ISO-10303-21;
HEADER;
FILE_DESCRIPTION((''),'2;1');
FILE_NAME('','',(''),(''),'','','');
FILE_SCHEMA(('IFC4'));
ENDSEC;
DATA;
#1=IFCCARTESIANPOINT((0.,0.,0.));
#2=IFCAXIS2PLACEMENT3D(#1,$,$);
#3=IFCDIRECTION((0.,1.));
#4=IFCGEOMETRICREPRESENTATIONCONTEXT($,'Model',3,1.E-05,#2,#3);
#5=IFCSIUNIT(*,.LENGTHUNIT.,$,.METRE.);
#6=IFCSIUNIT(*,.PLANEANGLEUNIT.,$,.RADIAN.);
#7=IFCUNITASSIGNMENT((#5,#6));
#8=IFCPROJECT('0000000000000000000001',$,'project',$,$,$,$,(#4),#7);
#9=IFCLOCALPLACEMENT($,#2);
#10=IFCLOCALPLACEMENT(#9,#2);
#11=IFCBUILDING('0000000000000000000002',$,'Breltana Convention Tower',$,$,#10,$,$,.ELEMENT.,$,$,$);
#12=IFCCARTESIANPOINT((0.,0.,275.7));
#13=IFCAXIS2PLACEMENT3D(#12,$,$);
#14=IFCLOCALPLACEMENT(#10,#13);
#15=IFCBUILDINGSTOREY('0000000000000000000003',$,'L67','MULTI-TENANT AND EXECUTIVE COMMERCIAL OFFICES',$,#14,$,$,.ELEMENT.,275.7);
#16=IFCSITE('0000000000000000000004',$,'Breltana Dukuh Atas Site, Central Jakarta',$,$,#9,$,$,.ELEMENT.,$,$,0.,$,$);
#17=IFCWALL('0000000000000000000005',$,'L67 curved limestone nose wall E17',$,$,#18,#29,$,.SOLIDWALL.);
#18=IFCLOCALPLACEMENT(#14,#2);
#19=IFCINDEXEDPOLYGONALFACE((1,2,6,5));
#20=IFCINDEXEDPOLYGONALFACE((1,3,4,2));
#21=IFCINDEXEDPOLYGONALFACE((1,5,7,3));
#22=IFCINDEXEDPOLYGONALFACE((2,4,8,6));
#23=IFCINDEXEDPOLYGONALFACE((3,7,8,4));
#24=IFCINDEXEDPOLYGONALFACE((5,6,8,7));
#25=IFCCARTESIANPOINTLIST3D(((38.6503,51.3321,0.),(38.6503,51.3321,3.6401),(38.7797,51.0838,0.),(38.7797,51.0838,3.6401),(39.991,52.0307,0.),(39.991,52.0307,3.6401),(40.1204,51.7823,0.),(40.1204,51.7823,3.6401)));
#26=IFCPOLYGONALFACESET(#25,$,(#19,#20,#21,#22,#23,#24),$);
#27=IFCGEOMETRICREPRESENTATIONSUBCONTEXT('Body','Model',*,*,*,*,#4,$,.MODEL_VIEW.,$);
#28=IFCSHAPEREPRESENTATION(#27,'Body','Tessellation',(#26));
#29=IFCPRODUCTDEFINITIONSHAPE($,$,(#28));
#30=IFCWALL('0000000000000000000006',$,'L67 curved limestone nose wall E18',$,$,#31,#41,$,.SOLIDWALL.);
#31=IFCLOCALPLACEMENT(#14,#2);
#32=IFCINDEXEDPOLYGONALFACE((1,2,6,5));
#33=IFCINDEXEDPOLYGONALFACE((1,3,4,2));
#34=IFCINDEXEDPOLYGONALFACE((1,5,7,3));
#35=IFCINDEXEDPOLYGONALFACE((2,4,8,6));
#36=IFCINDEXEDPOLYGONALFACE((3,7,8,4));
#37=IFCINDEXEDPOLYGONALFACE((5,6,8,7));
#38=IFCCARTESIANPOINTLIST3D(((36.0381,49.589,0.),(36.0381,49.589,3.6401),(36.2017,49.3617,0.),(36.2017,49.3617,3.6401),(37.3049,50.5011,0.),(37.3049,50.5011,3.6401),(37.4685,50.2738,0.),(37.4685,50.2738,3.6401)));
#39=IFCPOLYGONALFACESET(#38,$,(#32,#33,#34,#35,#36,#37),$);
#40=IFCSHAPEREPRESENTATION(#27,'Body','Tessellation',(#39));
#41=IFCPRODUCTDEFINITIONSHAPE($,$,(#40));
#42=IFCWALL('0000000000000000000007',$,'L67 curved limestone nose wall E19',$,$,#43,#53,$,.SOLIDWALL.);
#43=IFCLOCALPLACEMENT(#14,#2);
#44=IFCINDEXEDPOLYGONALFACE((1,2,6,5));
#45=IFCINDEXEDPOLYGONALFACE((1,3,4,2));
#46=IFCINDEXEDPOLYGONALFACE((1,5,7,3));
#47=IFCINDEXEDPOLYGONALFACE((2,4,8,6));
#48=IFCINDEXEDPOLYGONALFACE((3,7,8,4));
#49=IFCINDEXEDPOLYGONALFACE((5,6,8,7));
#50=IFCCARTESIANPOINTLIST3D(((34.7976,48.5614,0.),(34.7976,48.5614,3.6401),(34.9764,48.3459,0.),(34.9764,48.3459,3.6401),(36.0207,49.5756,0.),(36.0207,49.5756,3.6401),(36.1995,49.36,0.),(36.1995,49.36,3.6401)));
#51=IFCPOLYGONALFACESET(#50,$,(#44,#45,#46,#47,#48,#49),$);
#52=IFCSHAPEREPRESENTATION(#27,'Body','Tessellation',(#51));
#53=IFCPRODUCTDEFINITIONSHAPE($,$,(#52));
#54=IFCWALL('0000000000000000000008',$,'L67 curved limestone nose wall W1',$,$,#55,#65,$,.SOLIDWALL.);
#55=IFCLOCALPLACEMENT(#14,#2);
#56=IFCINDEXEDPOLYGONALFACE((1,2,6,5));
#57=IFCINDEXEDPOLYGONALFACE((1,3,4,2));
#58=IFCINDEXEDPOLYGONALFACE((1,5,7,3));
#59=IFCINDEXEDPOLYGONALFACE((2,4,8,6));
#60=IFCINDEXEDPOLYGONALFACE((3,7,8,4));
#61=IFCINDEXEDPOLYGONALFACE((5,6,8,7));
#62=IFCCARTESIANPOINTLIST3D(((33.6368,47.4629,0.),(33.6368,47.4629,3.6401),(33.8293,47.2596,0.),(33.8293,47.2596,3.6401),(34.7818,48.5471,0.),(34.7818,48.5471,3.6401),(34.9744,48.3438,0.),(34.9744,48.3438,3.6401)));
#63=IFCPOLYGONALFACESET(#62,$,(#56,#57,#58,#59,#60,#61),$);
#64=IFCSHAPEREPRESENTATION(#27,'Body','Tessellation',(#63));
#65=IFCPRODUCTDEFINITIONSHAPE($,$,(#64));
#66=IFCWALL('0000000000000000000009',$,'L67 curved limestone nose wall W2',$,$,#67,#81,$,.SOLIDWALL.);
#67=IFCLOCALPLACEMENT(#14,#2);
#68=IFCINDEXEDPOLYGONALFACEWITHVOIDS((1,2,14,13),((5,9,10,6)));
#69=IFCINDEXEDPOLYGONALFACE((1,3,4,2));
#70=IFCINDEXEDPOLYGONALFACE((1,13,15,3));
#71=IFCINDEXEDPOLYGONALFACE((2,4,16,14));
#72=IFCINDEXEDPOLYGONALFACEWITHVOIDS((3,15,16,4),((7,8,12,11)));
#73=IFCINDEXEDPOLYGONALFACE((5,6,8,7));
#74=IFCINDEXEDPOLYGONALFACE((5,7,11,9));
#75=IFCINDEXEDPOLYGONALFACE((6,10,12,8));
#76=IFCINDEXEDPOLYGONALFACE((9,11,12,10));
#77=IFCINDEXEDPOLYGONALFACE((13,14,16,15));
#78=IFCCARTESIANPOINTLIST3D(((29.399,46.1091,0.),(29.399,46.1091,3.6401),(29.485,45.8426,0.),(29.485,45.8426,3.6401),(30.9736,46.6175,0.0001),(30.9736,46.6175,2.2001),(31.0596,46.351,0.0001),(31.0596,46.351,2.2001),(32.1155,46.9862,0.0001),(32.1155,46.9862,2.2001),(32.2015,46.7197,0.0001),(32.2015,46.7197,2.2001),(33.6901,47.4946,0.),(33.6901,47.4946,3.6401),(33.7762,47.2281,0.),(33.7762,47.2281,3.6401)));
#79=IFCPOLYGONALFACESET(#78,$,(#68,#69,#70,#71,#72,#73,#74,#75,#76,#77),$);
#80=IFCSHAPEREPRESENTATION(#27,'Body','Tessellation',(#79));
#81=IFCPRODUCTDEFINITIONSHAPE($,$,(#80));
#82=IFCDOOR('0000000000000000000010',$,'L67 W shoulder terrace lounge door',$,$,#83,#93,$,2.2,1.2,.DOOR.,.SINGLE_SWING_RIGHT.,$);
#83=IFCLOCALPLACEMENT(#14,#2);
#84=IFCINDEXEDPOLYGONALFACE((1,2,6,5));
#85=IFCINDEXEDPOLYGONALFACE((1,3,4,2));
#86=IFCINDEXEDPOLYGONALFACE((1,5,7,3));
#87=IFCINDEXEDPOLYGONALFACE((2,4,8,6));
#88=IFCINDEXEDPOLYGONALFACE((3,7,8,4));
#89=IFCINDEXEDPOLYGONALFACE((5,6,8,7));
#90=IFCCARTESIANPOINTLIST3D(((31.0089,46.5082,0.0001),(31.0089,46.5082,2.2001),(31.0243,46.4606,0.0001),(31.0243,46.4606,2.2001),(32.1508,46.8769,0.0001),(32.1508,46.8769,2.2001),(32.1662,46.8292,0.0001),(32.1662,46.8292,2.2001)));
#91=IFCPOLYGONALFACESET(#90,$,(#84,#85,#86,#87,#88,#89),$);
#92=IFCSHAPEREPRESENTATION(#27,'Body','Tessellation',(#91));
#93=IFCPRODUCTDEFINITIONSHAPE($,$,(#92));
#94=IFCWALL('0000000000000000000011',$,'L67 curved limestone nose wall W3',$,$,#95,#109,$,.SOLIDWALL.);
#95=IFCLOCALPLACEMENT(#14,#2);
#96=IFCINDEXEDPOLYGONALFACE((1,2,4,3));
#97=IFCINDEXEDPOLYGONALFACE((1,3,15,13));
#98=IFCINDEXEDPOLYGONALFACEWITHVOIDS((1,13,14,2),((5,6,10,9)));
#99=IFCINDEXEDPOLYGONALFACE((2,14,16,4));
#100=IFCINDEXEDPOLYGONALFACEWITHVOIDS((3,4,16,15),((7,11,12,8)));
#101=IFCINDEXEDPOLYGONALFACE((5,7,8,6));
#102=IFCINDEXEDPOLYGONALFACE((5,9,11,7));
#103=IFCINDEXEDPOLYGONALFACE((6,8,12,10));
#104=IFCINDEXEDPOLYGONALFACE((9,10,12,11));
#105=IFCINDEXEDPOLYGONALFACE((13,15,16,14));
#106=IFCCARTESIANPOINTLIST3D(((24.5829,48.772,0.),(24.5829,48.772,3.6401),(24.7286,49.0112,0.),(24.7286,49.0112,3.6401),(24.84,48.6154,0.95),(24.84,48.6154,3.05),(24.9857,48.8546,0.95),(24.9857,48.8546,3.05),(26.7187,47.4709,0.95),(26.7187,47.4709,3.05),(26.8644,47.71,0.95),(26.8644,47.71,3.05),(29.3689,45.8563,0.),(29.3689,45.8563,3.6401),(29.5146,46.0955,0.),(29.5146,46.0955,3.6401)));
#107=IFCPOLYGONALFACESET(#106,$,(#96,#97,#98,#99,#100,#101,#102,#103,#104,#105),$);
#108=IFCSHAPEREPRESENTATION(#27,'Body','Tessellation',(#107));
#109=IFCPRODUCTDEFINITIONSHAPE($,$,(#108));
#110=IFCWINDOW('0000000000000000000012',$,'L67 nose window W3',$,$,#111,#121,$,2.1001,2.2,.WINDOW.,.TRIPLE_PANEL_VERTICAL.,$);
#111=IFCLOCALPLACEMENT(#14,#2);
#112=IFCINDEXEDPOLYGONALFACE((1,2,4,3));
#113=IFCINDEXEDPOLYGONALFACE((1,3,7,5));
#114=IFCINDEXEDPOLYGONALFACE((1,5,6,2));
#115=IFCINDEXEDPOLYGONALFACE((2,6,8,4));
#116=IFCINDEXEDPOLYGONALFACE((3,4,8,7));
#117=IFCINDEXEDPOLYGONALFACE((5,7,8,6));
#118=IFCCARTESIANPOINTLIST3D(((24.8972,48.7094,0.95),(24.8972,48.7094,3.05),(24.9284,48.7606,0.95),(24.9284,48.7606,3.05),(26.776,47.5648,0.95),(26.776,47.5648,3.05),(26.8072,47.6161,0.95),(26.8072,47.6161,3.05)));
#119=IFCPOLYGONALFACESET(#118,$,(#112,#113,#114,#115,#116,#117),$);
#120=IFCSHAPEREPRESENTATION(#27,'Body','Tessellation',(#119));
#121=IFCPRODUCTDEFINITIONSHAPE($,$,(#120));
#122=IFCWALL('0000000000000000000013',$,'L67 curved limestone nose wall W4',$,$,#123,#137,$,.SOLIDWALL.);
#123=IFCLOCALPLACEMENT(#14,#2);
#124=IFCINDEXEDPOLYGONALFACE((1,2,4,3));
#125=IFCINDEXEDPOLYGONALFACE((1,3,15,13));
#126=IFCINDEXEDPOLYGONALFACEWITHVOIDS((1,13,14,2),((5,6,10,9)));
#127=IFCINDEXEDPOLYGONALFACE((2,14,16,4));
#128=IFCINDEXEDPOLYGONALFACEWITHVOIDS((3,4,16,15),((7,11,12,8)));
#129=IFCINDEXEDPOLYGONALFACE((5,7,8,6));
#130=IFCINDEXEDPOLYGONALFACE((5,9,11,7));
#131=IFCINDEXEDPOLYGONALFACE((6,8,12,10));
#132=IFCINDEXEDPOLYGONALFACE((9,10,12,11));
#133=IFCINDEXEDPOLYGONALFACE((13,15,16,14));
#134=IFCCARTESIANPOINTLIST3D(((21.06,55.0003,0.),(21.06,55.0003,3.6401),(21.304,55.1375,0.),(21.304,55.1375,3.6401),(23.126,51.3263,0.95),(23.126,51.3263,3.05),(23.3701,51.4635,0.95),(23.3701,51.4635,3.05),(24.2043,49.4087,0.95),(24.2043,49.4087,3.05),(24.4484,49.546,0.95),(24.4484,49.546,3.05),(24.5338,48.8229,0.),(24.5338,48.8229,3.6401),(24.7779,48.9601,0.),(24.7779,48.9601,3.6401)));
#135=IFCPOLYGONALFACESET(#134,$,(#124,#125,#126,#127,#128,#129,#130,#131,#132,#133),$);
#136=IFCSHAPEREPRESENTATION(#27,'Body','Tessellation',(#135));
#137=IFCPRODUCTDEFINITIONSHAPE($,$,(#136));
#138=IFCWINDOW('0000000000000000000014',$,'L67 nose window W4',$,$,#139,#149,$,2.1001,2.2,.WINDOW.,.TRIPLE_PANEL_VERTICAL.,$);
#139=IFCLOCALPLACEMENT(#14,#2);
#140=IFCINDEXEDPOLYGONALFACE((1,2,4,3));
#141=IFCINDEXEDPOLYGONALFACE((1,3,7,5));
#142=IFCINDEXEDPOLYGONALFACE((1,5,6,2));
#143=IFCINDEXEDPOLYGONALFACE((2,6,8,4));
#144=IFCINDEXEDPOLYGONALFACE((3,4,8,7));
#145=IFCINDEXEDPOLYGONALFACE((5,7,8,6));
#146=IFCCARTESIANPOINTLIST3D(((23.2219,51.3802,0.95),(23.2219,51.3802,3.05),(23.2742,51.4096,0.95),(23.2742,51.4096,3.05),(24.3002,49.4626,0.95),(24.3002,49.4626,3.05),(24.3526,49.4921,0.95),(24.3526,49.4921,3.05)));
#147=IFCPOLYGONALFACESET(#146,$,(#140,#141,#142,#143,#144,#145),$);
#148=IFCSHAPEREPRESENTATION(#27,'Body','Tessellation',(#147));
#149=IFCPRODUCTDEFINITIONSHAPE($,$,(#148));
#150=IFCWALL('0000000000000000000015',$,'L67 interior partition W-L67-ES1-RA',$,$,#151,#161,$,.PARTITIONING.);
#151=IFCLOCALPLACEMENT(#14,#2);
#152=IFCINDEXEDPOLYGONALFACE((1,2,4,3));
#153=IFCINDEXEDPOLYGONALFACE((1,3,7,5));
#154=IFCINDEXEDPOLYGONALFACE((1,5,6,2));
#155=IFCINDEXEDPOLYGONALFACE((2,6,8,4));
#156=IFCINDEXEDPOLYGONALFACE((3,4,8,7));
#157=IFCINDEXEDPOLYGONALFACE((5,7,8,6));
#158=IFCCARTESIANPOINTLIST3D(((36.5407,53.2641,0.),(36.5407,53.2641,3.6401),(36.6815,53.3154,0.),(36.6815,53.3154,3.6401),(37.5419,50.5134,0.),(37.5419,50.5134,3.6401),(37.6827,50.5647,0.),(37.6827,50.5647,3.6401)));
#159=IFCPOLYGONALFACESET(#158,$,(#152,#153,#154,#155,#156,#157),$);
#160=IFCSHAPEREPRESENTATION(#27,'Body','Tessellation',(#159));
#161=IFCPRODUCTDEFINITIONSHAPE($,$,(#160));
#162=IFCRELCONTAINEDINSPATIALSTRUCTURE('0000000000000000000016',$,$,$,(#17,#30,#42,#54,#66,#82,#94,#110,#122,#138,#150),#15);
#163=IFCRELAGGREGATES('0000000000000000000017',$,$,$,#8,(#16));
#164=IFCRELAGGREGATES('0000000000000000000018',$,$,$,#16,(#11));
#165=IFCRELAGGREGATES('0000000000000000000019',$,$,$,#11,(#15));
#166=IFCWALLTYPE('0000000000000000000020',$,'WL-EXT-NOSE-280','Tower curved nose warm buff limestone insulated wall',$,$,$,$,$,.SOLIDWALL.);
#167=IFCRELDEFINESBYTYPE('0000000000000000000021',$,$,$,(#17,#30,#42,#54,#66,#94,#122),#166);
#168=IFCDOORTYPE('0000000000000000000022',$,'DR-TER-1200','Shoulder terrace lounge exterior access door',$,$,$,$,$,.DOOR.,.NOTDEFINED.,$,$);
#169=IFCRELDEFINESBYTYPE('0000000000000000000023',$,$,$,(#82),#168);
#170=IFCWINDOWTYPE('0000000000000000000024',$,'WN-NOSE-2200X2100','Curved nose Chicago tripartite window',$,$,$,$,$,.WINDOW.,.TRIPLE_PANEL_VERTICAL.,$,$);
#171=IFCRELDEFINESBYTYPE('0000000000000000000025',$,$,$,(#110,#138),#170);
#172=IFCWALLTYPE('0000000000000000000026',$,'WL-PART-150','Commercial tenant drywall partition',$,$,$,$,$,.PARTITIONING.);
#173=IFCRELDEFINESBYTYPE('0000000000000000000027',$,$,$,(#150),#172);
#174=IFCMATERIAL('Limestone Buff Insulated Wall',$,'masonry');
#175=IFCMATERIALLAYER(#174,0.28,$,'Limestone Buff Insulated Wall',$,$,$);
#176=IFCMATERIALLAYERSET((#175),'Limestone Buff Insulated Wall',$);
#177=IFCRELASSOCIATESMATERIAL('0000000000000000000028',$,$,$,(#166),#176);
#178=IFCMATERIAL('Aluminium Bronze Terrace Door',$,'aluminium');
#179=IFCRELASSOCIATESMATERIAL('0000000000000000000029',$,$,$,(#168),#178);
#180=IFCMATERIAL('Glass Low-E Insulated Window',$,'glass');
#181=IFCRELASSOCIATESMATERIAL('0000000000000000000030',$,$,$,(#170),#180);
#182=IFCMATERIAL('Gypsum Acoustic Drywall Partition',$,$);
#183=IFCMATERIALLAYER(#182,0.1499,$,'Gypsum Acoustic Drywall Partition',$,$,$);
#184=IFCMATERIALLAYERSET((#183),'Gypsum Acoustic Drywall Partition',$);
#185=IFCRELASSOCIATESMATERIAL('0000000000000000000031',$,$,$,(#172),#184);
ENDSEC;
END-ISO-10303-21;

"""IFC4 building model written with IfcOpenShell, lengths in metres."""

from ifc_helpers import new_model, si_unit, direction, frame, frame_2d, origin, place, context, subcontext, project, spatial, rectangle, extrude, source, transform, mapped, material, layer, layer_set, type_object, type_shapes, element, fill, save


model = new_model("IFC4")

# Units and contexts
model_context = context("Model", 3, precision=1e-05, world=origin(), true_north=direction((0.0, 1.0)))
body_context = subcontext(model_context, "Body", "Model", "MODEL_VIEW")
ifc_project = project(units=[si_unit("LENGTHUNIT", "METRE"), si_unit("PLANEANGLEUNIT", "RADIAN")], contexts=[model_context])

# Site, building, storey
site_placement = place(None, origin())
site = spatial("IfcSite", under=ifc_project, at=site_placement, Name="Breltana Dukuh Atas Site, Central Jakarta", CompositionType="ELEMENT", RefElevation=0.0)
building_placement = place(site_placement, origin())
building = spatial("IfcBuilding", under=site, at=building_placement, Name="Breltana Convention Tower", CompositionType="ELEMENT")
storey_placement = place(building_placement, frame((0.0, 0.0, 275.7)))
storey = spatial("IfcBuildingStorey", under=building, at=storey_placement, Name="L67", Description="MULTI-TENANT AND EXECUTIVE COMMERCIAL OFFICES", CompositionType="ELEMENT", Elevation=275.7)

# Walls
ifc_material_1 = material(Name="Limestone Buff Insulated Wall", Category="masonry")
ifc_layer_1 = layer(ifc_material_1, 0.28, Name="Limestone Buff Insulated Wall")
ifc_layer_set_1 = layer_set([ifc_layer_1], Name="Limestone Buff Insulated Wall")
wall_type_1 = type_object("IfcWallType", Name="WL-EXT-NOSE-280", Description="Tower curved nose warm buff limestone insulated wall", PredefinedType="SOLIDWALL", material=ifc_layer_set_1)
shared_shape_1 = source(origin(), body_context, "Body", "SweptSolid", [
    extrude(rectangle(XDim=1.5117, YDim=0.28, at=frame_2d((0.7559, 0.0))), origin(), (0.0, 0.0, 1.0), 3.6401),
])
wall_1_placement = place(storey_placement, frame((40.0557, 51.9065, 0.0), z_axis=(0.0, 0.0, 1.0), x_axis=(-0.886841, -0.462075, 0.0)))
element("IfcWall", 1, at=wall_1_placement, inside=storey, type_object=wall_type_1, Name="L67 curved limestone nose wall E17", PredefinedType="SOLIDWALL", context=body_context, shape_type="MappedRepresentation", body=[
    mapped(shared_shape_1, transform((0.0, 0.0, 0.0), scale=1.0)),
])
shared_shape_2 = source(origin(), body_context, "Body", "SweptSolid", [
    extrude(rectangle(XDim=1.561, YDim=0.28, at=frame_2d((0.7805, 0.0))), origin(), (0.0, 0.0, 1.0), 3.6401),
])
wall_2_placement = place(storey_placement, frame((37.3867, 50.3875, 0.0), z_axis=(0.0, 0.0, 1.0), x_axis=(-0.81154, -0.584296, 0.0)))
element("IfcWall", 2, at=wall_2_placement, inside=storey, type_object=wall_type_1, Name="L67 curved limestone nose wall E18", PredefinedType="SOLIDWALL", context=body_context, shape_type="MappedRepresentation", body=[
    mapped(shared_shape_2, transform((0.0, 0.0, 0.0), scale=1.0)),
])
shared_shape_3 = source(origin(), body_context, "Body", "SweptSolid", [
    extrude(rectangle(XDim=1.5889, YDim=0.28, at=frame_2d((0.7944, 0.0))), origin(), (0.0, 0.0, 1.0), 3.6401),
])
wall_3_placement = place(storey_placement, frame((36.1101, 49.4678, 0.0), z_axis=(0.0, 0.0, 1.0), x_axis=(-0.769806, -0.638278, 0.0)))
element("IfcWall", 3, at=wall_3_placement, inside=storey, type_object=wall_type_1, Name="L67 curved limestone nose wall E19", PredefinedType="SOLIDWALL", context=body_context, shape_type="MappedRepresentation", body=[
    mapped(shared_shape_3, transform((0.0, 0.0, 0.0), scale=1.0)),
])
shared_shape_4 = source(origin(), body_context, "Body", "SweptSolid", [
    extrude(rectangle(XDim=1.5769, YDim=0.28, at=frame_2d((0.7886, 0.0))), origin(), (0.0, 0.0, 1.0), 3.6401),
])
wall_4_placement = place(storey_placement, frame((34.8782, 48.4456, 0.0), z_axis=(0.0, 0.0, 1.0), x_axis=(-0.726119, -0.687569, 0.0)))
element("IfcWall", 4, at=wall_4_placement, inside=storey, type_object=wall_type_1, Name="L67 curved limestone nose wall W1", PredefinedType="SOLIDWALL", context=body_context, shape_type="MappedRepresentation", body=[
    mapped(shared_shape_4, transform((0.0, 0.0, 0.0), scale=1.0)),
])

# Wall, opening, door
shared_shape_5 = source(origin(), body_context, "Body", "SweptSolid", [
    extrude(rectangle(XDim=4.5093, YDim=0.28, at=frame_2d((2.2546, 0.0))), origin(), (0.0, 0.0, 1.0), 3.6401),
])
wall_5_placement = place(storey_placement, frame((33.7332, 47.3613, 0.0), z_axis=(0.0, 0.0, 1.0), x_axis=(-0.951629, -0.307248, 0.0)))
wall_5 = element("IfcWall", 5, at=wall_5_placement, inside=storey, type_object=wall_type_1, Name="L67 curved limestone nose wall W2", PredefinedType="SOLIDWALL", context=body_context, shape_type="MappedRepresentation", body=[
    mapped(shared_shape_5, transform((0.0, 0.0, 0.0), scale=1.0)),
])
opening_1_placement = place(wall_5_placement, frame((1.6545, 0.0, 0.0)))
opening_1 = element("IfcOpeningElement", 6, at=opening_1_placement, cuts=wall_5, PredefinedType="OPENING", context=body_context, shape_type="SweptSolid", body=[
    extrude(rectangle(XDim=1.2, YDim=2.2, at=frame_2d((0.6001, 1.1001))), frame((0.0, 0.1499, 0.0), z_axis=(0.0, -1.0, 0.0), x_axis=(1.0, 0.0, 0.0)), (0.0, 0.0, 1.0), 0.3),
])
ifc_material_2 = material(Name="Aluminium Bronze Terrace Door", Category="aluminium")
door_type_1 = type_object("IfcDoorType", Name="DR-TER-1200", Description="Shoulder terrace lounge exterior access door", OperationType="NOTDEFINED", PredefinedType="DOOR", material=ifc_material_2)
shared_shape_6 = source(origin(), body_context, "Body", "SweptSolid", [
    extrude(rectangle(XDim=1.2, YDim=2.2, at=frame_2d((0.6001, 1.1001))), frame((0.0, 0.0249, 0.0), z_axis=(0.0, -1.0, 0.0), x_axis=(1.0, 0.0, 0.0)), (0.0, 0.0, 1.0), 0.05),
])
type_shapes(door_type_1, [shared_shape_6])
door_1_placement = place(opening_1_placement, origin())
door_1 = element("IfcDoor", 7, at=door_1_placement, inside=storey, type_object=door_type_1, Name="L67 W shoulder terrace lounge door", OperationType="SINGLE_SWING_RIGHT", OverallHeight=2.2, OverallWidth=1.2, PredefinedType="DOOR", context=body_context, shape_type="MappedRepresentation", body=[
    mapped(shared_shape_6, transform((0.0, 0.0, 0.0), scale=1.0)),
])
fill(opening_1, door_1)

# Walls, openings, windows
shared_shape_7 = source(origin(), body_context, "Body", "SweptSolid", [
    extrude(rectangle(XDim=5.6042, YDim=0.28, at=frame_2d((2.8022, 0.0))), origin(), (0.0, 0.0, 1.0), 3.6401),
])
wall_6_placement = place(storey_placement, frame((29.4419, 45.9758, 0.0), z_axis=(0.0, 0.0, 1.0), x_axis=(-0.854002, 0.520269, 0.0)))
wall_6 = element("IfcWall", 8, at=wall_6_placement, inside=storey, type_object=wall_type_1, Name="L67 curved limestone nose wall W3", PredefinedType="SOLIDWALL", context=body_context, shape_type="MappedRepresentation", body=[
    mapped(shared_shape_7, transform((0.0, 0.0, 0.0), scale=1.0)),
])
opening_2_placement = place(wall_6_placement, frame((3.1033, 0.0, 0.95)))
opening_2 = element("IfcOpeningElement", 9, at=opening_2_placement, cuts=wall_6, PredefinedType="OPENING", context=body_context, shape_type="SweptSolid", body=[
    extrude(rectangle(XDim=2.2, YDim=2.1001, at=frame_2d((1.1001, 1.05))), frame((0.0, 0.1499, 0.0), z_axis=(0.0, -1.0, 0.0), x_axis=(1.0, 0.0, 0.0)), (0.0, 0.0, 1.0), 0.3),
])
ifc_material_3 = material(Name="Glass Low-E Insulated Window", Category="glass")
window_type = type_object("IfcWindowType", Name="WN-NOSE-2200X2100", Description="Curved nose Chicago tripartite window", PartitioningType="TRIPLE_PANEL_VERTICAL", PredefinedType="WINDOW", material=ifc_material_3)
shared_shape_8 = source(origin(), body_context, "Body", "SweptSolid", [
    extrude(rectangle(XDim=2.2, YDim=2.1001, at=frame_2d((1.1001, 1.05))), frame((0.0, 0.03, 0.0), z_axis=(0.0, -1.0, 0.0), x_axis=(1.0, 0.0, 0.0)), (0.0, 0.0, 1.0), 0.0601),
])
type_shapes(window_type, [shared_shape_8])
window_1_placement = place(opening_2_placement, origin())
window_1 = element("IfcWindow", 10, at=window_1_placement, inside=storey, type_object=window_type, Name="L67 nose window W3", OverallHeight=2.1001, OverallWidth=2.2, PartitioningType="TRIPLE_PANEL_VERTICAL", PredefinedType="WINDOW", context=body_context, shape_type="MappedRepresentation", body=[
    mapped(shared_shape_8, transform((0.0, 0.0, 0.0), scale=1.0)),
])
fill(opening_2, window_1)
shared_shape_9 = source(origin(), body_context, "Body", "SweptSolid", [
    extrude(rectangle(XDim=7.0872, YDim=0.28, at=frame_2d((3.5435, 0.0))), origin(), (0.0, 0.0, 1.0), 3.6401),
])
wall_7_placement = place(storey_placement, frame((24.6558, 48.8916, 0.0), z_axis=(0.0, 0.0, 1.0), x_axis=(-0.490158, 0.871633, 0.0)))
wall_7 = element("IfcWall", 11, at=wall_7_placement, inside=storey, type_object=wall_type_1, Name="L67 curved limestone nose wall W4", PredefinedType="SOLIDWALL", context=body_context, shape_type="MappedRepresentation", body=[
    mapped(shared_shape_9, transform((0.0, 0.0, 0.0), scale=1.0)),
])
opening_3_placement = place(wall_7_placement, frame((0.6719, 0.0, 0.95)))
opening_3 = element("IfcOpeningElement", 12, at=opening_3_placement, cuts=wall_7, PredefinedType="OPENING", context=body_context, shape_type="SweptSolid", body=[
    extrude(rectangle(XDim=2.2, YDim=2.1001, at=frame_2d((1.1001, 1.05))), frame((0.0, 0.1499, 0.0), z_axis=(0.0, -1.0, 0.0), x_axis=(1.0, 0.0, 0.0)), (0.0, 0.0, 1.0), 0.3),
])
window_2_placement = place(opening_3_placement, origin())
window_2 = element("IfcWindow", 13, at=window_2_placement, inside=storey, type_object=window_type, Name="L67 nose window W4", OverallHeight=2.1001, OverallWidth=2.2, PartitioningType="TRIPLE_PANEL_VERTICAL", PredefinedType="WINDOW", context=body_context, shape_type="MappedRepresentation", body=[
    mapped(shared_shape_8, transform((0.0, 0.0, 0.0), scale=1.0)),
])
fill(opening_3, window_2)

# Wall
ifc_material_4 = material(Name="Gypsum Acoustic Drywall Partition")
ifc_layer_2 = layer(ifc_material_4, 0.1499, Name="Gypsum Acoustic Drywall Partition")
ifc_layer_set_2 = layer_set([ifc_layer_2], Name="Gypsum Acoustic Drywall Partition")
wall_type_2 = type_object("IfcWallType", Name="WL-PART-150", Description="Commercial tenant drywall partition", PredefinedType="PARTITIONING", material=ifc_layer_set_2)
shared_shape_10 = source(origin(), body_context, "Body", "SweptSolid", [
    extrude(rectangle(XDim=2.9272, YDim=0.1499, at=frame_2d((1.4636, 0.0))), origin(), (0.0, 0.0, 1.0), 3.6401),
])
wall_8_placement = place(storey_placement, frame((37.6123, 50.5391, 0.0), z_axis=(0.0, 0.0, 1.0), x_axis=(-0.342031, 0.939689, 0.0)))
element("IfcWall", 14, at=wall_8_placement, inside=storey, type_object=wall_type_2, Name="L67 interior partition W-L67-ES1-RA", PredefinedType="PARTITIONING", context=body_context, shape_type="MappedRepresentation", body=[
    mapped(shared_shape_10, transform((0.0, 0.0, 0.0), scale=1.0)),
])

save(model, "model.ifc")
